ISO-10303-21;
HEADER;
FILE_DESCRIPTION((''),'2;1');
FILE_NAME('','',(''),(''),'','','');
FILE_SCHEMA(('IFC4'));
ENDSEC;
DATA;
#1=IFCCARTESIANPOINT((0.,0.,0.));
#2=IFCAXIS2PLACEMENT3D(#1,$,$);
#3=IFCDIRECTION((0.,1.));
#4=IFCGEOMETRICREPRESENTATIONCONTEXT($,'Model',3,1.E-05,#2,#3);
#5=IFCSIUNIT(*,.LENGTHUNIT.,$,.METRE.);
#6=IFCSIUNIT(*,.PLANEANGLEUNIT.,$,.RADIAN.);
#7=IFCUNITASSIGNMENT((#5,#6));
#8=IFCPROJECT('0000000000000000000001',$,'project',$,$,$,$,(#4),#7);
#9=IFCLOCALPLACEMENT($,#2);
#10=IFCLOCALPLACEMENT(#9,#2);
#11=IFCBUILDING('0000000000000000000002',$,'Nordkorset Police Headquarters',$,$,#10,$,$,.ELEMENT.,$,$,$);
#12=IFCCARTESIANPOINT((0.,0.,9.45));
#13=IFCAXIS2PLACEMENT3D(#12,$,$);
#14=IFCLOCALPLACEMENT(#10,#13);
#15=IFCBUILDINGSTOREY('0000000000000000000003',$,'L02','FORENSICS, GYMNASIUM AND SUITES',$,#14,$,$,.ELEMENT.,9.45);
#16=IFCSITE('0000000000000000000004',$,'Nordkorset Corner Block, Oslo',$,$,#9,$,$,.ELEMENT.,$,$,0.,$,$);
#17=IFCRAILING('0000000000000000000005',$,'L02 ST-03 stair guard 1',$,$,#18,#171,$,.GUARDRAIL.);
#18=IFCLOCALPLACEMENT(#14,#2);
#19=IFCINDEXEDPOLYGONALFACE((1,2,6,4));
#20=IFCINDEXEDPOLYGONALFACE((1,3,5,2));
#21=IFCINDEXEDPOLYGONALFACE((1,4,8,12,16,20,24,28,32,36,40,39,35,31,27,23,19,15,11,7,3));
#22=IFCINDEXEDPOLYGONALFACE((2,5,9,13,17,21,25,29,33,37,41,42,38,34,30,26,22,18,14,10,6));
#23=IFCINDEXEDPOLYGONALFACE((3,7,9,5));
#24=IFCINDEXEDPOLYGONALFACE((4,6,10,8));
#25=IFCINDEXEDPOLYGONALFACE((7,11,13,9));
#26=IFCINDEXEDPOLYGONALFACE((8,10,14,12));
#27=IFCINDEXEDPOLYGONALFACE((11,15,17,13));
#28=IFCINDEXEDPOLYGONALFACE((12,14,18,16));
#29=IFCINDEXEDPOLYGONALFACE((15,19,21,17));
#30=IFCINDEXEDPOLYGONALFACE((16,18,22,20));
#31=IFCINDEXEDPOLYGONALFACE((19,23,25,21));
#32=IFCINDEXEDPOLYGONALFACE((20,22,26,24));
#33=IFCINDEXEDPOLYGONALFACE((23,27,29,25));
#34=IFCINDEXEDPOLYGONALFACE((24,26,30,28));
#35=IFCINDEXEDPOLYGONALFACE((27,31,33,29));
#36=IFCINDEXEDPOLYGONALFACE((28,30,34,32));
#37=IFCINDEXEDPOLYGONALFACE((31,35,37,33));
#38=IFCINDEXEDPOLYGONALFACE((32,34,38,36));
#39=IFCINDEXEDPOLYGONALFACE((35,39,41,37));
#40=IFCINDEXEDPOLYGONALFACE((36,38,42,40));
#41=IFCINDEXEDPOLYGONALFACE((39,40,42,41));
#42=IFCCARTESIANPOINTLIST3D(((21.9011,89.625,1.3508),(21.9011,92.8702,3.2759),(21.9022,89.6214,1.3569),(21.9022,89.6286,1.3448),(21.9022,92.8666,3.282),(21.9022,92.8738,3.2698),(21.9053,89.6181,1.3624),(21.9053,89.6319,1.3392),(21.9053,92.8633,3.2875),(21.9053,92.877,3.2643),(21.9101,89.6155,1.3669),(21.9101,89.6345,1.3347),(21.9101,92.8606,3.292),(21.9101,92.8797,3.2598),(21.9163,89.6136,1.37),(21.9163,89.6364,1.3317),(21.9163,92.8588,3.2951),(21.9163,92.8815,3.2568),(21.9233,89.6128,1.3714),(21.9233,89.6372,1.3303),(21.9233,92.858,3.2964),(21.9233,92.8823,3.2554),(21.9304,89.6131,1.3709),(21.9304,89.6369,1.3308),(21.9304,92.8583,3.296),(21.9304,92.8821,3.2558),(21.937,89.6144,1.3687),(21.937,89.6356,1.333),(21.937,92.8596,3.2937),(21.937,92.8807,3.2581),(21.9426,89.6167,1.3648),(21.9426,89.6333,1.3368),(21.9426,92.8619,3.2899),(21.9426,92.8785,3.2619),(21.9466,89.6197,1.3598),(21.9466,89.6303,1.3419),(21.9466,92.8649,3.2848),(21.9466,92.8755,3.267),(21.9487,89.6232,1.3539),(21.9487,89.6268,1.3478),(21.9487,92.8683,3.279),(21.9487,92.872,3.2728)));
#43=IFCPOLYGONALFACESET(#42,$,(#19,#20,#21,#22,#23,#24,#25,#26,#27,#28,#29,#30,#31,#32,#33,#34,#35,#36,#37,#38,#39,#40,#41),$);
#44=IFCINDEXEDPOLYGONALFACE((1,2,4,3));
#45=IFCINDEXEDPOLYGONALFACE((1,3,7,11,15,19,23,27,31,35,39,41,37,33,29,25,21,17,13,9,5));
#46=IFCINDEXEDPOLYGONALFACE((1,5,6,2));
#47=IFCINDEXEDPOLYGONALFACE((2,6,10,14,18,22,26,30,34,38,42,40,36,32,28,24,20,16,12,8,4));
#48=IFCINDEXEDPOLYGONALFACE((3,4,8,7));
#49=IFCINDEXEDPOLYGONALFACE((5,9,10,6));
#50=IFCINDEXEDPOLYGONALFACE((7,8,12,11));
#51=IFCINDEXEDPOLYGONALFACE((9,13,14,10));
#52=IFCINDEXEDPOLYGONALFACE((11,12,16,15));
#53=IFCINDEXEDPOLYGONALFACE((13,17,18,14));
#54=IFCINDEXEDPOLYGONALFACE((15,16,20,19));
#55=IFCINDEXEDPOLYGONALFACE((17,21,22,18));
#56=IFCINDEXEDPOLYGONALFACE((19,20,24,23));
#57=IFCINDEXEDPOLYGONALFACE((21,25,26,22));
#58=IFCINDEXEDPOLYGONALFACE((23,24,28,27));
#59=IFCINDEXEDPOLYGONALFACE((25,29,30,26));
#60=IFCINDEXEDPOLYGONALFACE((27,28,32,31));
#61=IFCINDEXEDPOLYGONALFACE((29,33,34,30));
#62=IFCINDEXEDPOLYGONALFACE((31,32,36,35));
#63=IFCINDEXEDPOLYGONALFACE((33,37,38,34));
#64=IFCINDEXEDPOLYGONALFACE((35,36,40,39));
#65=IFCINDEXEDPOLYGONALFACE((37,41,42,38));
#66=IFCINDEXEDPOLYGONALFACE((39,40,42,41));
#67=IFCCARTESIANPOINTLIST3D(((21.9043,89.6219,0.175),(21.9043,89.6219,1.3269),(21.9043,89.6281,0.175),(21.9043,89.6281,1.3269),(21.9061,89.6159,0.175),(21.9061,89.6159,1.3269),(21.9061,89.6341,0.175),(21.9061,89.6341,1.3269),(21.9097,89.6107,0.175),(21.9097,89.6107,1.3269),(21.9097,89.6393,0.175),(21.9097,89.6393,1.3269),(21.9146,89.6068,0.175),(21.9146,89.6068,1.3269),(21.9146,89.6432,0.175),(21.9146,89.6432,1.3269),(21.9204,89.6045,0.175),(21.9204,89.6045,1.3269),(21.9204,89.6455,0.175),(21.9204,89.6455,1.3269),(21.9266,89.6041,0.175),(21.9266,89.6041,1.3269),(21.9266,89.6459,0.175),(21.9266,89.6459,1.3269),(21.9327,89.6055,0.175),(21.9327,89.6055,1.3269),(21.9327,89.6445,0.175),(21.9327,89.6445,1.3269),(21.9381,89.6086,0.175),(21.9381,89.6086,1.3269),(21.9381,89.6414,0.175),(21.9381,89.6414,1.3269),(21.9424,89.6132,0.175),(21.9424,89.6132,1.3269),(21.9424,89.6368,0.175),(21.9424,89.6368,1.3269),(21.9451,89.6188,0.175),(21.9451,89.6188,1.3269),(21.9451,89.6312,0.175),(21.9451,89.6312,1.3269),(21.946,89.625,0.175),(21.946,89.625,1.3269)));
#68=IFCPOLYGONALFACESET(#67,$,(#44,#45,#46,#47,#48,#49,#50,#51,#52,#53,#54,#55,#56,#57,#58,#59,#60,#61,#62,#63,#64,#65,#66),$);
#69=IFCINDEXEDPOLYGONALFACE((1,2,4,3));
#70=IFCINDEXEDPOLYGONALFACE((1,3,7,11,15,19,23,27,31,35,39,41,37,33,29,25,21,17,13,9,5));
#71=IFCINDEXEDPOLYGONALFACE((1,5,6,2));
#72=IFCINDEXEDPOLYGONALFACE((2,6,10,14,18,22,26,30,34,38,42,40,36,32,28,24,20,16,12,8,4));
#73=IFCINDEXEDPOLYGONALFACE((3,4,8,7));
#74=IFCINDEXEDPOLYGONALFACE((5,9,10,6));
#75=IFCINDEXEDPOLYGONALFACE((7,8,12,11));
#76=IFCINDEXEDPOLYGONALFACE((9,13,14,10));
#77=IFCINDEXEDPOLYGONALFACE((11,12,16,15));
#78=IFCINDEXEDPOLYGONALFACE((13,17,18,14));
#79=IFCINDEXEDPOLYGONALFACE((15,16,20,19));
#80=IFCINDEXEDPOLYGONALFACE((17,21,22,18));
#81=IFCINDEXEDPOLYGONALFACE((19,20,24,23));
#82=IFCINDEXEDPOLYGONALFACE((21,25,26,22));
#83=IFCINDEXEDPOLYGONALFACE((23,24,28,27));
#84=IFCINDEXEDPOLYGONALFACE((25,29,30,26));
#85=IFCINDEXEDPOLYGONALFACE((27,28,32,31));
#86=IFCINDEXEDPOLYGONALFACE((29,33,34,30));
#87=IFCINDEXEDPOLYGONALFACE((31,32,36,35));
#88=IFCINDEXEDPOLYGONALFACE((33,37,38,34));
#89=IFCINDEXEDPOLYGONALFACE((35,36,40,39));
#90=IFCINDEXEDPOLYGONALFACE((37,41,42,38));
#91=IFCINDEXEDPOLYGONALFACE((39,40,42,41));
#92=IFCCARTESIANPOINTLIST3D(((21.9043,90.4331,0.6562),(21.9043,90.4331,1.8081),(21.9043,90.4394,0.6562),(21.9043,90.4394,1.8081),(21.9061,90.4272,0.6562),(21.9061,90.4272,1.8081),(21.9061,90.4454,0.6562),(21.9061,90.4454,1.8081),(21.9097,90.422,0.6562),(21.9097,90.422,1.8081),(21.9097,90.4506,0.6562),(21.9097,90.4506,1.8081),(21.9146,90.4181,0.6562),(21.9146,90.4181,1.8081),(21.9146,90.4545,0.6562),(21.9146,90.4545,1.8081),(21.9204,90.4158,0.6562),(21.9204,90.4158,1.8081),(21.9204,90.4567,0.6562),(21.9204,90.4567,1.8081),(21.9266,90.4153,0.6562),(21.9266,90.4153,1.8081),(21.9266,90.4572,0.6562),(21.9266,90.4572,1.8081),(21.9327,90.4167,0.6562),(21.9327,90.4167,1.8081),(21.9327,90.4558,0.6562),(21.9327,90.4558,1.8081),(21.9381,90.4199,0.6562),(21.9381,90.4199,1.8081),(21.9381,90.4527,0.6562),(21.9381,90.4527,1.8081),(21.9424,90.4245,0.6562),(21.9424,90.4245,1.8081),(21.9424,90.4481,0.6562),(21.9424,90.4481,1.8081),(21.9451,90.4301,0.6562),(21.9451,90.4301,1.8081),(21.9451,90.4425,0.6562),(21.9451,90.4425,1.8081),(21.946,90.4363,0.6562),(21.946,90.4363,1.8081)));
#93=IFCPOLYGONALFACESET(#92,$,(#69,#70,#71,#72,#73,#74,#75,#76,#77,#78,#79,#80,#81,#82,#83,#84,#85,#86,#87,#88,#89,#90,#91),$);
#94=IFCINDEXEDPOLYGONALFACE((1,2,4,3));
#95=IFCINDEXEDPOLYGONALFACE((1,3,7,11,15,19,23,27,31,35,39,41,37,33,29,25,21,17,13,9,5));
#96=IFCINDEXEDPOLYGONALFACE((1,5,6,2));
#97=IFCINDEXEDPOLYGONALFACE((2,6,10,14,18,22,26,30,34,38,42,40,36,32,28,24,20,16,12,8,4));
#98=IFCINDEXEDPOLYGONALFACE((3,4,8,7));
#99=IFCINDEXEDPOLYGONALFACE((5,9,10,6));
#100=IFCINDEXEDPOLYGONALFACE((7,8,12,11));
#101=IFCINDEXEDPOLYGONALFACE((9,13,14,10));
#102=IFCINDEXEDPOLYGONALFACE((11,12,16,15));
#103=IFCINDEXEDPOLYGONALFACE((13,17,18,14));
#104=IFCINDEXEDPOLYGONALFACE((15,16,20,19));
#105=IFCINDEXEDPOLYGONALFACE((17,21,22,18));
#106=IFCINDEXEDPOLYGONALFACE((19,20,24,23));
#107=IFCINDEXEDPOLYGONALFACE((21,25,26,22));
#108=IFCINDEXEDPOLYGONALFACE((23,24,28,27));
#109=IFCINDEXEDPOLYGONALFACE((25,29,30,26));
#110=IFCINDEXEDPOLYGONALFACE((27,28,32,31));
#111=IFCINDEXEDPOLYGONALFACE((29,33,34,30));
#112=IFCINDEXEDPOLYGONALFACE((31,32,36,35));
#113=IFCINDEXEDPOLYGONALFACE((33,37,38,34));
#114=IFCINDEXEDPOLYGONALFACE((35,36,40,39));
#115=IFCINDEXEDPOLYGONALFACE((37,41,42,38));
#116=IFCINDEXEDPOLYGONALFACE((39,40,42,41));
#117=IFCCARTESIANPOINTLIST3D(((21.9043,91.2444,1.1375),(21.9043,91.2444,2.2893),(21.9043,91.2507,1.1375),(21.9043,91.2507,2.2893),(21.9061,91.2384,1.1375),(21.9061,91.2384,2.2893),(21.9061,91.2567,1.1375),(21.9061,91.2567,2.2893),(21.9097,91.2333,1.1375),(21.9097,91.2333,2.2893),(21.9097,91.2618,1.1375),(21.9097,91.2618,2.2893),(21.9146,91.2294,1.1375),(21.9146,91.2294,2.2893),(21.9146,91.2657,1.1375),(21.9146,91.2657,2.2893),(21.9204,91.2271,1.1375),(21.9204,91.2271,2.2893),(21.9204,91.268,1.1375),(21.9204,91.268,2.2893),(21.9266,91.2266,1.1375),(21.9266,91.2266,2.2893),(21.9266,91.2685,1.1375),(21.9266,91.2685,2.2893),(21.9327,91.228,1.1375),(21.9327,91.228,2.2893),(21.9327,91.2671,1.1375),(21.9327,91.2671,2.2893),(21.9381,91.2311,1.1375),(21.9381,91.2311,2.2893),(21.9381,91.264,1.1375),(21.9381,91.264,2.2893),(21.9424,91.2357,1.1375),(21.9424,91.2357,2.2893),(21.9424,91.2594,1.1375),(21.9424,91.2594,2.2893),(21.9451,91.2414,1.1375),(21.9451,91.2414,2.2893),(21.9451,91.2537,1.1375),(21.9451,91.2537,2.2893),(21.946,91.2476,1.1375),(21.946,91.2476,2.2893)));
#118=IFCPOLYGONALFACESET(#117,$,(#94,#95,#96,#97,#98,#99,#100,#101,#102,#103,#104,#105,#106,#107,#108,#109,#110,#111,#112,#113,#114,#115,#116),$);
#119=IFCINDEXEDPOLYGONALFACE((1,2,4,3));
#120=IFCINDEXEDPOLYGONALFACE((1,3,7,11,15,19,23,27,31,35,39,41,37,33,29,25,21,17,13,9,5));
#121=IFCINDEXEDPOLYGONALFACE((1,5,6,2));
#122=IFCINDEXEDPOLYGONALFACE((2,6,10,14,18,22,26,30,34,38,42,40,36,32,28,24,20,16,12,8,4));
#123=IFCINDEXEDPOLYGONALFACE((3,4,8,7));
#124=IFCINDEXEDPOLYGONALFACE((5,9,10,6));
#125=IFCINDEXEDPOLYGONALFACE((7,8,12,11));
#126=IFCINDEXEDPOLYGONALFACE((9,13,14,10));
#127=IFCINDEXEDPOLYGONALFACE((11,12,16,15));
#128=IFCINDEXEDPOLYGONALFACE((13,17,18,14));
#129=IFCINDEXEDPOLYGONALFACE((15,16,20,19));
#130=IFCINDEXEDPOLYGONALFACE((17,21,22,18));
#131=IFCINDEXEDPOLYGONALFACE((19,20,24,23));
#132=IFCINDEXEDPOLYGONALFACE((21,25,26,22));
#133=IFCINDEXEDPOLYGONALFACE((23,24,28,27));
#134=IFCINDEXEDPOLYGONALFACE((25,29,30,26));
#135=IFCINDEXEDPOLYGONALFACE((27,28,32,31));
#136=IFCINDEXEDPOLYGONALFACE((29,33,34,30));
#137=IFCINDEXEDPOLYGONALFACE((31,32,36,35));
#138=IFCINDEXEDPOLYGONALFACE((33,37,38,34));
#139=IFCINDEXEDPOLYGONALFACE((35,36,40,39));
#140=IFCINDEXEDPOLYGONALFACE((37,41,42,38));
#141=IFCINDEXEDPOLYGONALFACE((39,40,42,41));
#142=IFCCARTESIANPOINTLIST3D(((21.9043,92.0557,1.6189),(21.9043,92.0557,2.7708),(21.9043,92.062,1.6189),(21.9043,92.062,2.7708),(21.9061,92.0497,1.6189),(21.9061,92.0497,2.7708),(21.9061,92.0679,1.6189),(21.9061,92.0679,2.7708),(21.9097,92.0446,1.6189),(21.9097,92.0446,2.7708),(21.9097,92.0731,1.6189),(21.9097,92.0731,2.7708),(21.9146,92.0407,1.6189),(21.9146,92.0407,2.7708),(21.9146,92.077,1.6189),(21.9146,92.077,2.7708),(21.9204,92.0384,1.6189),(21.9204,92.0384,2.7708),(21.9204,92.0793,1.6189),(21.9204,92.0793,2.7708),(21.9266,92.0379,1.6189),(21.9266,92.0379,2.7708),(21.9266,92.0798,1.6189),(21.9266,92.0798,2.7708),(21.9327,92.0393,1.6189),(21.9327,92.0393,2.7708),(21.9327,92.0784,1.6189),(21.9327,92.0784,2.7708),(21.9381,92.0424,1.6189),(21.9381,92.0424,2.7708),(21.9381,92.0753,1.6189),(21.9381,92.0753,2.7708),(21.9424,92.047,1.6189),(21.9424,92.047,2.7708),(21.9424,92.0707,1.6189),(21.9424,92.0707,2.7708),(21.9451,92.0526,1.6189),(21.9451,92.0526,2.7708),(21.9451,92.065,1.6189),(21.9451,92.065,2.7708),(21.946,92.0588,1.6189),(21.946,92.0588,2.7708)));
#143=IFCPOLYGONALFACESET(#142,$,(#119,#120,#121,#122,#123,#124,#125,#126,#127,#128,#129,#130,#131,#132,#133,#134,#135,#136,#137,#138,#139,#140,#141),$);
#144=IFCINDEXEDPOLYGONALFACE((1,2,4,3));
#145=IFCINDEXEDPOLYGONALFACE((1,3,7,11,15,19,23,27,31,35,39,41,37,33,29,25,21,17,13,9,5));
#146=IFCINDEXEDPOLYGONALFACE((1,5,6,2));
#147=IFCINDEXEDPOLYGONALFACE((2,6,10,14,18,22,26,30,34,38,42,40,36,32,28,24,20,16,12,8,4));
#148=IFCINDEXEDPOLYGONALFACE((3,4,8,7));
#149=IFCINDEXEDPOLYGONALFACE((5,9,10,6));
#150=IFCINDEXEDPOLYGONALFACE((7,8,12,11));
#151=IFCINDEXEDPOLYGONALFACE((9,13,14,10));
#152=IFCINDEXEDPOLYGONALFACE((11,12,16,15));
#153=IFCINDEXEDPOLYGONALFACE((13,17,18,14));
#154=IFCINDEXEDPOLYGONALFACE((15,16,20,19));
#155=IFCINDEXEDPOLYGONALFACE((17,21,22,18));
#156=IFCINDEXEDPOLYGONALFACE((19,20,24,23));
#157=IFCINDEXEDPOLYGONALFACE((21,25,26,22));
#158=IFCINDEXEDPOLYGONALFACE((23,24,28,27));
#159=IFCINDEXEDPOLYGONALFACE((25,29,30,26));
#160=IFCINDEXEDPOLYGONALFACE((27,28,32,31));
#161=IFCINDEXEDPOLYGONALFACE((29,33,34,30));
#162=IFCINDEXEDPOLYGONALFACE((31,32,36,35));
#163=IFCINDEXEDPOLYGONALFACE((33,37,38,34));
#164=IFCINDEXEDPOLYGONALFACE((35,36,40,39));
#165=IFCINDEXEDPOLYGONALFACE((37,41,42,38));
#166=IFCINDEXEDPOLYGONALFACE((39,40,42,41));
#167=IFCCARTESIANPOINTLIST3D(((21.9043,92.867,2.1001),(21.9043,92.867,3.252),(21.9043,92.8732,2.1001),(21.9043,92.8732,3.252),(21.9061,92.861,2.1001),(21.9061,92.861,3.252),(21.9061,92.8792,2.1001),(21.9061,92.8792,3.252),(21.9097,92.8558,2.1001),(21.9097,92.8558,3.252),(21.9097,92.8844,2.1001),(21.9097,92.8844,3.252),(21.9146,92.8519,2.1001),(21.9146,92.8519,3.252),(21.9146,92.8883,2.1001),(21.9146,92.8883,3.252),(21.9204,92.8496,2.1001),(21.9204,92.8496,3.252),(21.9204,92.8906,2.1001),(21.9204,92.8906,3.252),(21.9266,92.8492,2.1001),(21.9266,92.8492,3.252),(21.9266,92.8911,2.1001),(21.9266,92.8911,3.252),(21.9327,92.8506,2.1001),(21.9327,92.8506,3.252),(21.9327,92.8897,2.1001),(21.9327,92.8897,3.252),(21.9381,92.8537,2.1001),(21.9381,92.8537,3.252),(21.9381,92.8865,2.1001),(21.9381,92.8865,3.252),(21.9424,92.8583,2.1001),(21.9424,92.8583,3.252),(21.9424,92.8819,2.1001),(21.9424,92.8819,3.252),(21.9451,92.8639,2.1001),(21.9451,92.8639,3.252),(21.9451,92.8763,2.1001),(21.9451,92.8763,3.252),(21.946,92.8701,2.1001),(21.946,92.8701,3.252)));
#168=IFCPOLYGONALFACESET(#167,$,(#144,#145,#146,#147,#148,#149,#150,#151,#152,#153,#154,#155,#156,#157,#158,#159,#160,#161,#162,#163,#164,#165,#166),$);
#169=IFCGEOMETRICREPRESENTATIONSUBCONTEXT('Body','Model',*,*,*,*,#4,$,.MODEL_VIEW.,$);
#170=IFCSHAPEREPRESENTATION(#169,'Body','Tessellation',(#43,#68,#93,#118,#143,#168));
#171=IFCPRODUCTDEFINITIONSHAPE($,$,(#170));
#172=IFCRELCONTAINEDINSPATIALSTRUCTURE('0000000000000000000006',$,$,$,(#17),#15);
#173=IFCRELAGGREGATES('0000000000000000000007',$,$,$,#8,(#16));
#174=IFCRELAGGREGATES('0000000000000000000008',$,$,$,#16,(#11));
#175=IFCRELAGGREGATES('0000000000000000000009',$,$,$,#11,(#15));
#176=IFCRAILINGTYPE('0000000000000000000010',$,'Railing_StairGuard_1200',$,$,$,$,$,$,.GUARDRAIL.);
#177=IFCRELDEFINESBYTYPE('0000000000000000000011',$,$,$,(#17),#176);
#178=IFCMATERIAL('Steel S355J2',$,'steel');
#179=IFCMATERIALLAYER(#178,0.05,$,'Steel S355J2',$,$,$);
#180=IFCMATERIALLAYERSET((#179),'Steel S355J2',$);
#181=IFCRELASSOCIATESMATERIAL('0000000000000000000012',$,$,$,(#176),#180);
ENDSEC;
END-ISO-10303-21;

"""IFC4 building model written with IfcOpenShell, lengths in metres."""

from ifc_helpers import new_model, si_unit, direction, frame, origin, origin_2d, place, context, subcontext, project, spatial, circle, extrude, material, layer, layer_set, type_object, element, save


model = new_model("IFC4")

# Units and contexts
model_context = context("Model", 3, precision=1e-05, world=origin(), true_north=direction((0.0, 1.0)))
body_context = subcontext(model_context, "Body", "Model", "MODEL_VIEW")
ifc_project = project(units=[si_unit("LENGTHUNIT", "METRE"), si_unit("PLANEANGLEUNIT", "RADIAN")], contexts=[model_context])

# Site, building, storey
site_placement = place(None, origin())
site = spatial("IfcSite", under=ifc_project, at=site_placement, Name="Nordkorset Corner Block, Oslo", CompositionType="ELEMENT", RefElevation=0.0)
building_placement = place(site_placement, origin())
building = spatial("IfcBuilding", under=site, at=building_placement, Name="Nordkorset Police Headquarters", CompositionType="ELEMENT")
storey_placement = place(building_placement, frame((0.0, 0.0, 9.45)))
storey = spatial("IfcBuildingStorey", under=building, at=storey_placement, Name="L02", Description="FORENSICS, GYMNASIUM AND SUITES", CompositionType="ELEMENT", Elevation=9.45)

# Railing
ifc_material_1 = material(Name="Steel S355J2", Category="steel")
ifc_layer_1 = layer(ifc_material_1, 0.05, Name="Steel S355J2")
ifc_layer_set_1 = layer_set([ifc_layer_1], Name="Steel S355J2")
railing_type_1 = type_object("IfcRailingType", Name="Railing_StairGuard_1200", PredefinedType="GUARDRAIL", material=ifc_layer_set_1)
railing_1_placement = place(storey_placement, frame((21.925, 89.625, 0.175)))
element("IfcRailing", 1, at=railing_1_placement, inside=storey, type_object=railing_type_1, Name="L02 ST-03 stair guard 1", PredefinedType="GUARDRAIL", context=body_context, shape_type="SweptSolid", body=[
    extrude(circle(Radius=0.0239, at=origin_2d()), frame((0.0, 0.0, 1.1758), z_axis=(0.0, 0.860057, 0.510198), x_axis=(-1.0, 0.0, 0.0)), (0.0, 0.0, 1.0), 3.7732),
    extrude(circle(Radius=0.021, at=origin_2d()), origin(), (0.0, 0.0, 1.0), 1.1519),
    extrude(circle(Radius=0.021, at=origin_2d()), frame((0.0, 0.8113, 0.4812)), (0.0, 0.0, 1.0), 1.1519),
    extrude(circle(Radius=0.021, at=origin_2d()), frame((0.0, 1.6226, 0.9624)), (0.0, 0.0, 1.0), 1.1519),
    extrude(circle(Radius=0.021, at=origin_2d()), frame((0.0, 2.4338, 1.4438)), (0.0, 0.0, 1.0), 1.1519),
    extrude(circle(Radius=0.021, at=origin_2d()), frame((0.0, 3.2451, 1.925)), (0.0, 0.0, 1.0), 1.1519),
])

save(model, "model.ifc")
